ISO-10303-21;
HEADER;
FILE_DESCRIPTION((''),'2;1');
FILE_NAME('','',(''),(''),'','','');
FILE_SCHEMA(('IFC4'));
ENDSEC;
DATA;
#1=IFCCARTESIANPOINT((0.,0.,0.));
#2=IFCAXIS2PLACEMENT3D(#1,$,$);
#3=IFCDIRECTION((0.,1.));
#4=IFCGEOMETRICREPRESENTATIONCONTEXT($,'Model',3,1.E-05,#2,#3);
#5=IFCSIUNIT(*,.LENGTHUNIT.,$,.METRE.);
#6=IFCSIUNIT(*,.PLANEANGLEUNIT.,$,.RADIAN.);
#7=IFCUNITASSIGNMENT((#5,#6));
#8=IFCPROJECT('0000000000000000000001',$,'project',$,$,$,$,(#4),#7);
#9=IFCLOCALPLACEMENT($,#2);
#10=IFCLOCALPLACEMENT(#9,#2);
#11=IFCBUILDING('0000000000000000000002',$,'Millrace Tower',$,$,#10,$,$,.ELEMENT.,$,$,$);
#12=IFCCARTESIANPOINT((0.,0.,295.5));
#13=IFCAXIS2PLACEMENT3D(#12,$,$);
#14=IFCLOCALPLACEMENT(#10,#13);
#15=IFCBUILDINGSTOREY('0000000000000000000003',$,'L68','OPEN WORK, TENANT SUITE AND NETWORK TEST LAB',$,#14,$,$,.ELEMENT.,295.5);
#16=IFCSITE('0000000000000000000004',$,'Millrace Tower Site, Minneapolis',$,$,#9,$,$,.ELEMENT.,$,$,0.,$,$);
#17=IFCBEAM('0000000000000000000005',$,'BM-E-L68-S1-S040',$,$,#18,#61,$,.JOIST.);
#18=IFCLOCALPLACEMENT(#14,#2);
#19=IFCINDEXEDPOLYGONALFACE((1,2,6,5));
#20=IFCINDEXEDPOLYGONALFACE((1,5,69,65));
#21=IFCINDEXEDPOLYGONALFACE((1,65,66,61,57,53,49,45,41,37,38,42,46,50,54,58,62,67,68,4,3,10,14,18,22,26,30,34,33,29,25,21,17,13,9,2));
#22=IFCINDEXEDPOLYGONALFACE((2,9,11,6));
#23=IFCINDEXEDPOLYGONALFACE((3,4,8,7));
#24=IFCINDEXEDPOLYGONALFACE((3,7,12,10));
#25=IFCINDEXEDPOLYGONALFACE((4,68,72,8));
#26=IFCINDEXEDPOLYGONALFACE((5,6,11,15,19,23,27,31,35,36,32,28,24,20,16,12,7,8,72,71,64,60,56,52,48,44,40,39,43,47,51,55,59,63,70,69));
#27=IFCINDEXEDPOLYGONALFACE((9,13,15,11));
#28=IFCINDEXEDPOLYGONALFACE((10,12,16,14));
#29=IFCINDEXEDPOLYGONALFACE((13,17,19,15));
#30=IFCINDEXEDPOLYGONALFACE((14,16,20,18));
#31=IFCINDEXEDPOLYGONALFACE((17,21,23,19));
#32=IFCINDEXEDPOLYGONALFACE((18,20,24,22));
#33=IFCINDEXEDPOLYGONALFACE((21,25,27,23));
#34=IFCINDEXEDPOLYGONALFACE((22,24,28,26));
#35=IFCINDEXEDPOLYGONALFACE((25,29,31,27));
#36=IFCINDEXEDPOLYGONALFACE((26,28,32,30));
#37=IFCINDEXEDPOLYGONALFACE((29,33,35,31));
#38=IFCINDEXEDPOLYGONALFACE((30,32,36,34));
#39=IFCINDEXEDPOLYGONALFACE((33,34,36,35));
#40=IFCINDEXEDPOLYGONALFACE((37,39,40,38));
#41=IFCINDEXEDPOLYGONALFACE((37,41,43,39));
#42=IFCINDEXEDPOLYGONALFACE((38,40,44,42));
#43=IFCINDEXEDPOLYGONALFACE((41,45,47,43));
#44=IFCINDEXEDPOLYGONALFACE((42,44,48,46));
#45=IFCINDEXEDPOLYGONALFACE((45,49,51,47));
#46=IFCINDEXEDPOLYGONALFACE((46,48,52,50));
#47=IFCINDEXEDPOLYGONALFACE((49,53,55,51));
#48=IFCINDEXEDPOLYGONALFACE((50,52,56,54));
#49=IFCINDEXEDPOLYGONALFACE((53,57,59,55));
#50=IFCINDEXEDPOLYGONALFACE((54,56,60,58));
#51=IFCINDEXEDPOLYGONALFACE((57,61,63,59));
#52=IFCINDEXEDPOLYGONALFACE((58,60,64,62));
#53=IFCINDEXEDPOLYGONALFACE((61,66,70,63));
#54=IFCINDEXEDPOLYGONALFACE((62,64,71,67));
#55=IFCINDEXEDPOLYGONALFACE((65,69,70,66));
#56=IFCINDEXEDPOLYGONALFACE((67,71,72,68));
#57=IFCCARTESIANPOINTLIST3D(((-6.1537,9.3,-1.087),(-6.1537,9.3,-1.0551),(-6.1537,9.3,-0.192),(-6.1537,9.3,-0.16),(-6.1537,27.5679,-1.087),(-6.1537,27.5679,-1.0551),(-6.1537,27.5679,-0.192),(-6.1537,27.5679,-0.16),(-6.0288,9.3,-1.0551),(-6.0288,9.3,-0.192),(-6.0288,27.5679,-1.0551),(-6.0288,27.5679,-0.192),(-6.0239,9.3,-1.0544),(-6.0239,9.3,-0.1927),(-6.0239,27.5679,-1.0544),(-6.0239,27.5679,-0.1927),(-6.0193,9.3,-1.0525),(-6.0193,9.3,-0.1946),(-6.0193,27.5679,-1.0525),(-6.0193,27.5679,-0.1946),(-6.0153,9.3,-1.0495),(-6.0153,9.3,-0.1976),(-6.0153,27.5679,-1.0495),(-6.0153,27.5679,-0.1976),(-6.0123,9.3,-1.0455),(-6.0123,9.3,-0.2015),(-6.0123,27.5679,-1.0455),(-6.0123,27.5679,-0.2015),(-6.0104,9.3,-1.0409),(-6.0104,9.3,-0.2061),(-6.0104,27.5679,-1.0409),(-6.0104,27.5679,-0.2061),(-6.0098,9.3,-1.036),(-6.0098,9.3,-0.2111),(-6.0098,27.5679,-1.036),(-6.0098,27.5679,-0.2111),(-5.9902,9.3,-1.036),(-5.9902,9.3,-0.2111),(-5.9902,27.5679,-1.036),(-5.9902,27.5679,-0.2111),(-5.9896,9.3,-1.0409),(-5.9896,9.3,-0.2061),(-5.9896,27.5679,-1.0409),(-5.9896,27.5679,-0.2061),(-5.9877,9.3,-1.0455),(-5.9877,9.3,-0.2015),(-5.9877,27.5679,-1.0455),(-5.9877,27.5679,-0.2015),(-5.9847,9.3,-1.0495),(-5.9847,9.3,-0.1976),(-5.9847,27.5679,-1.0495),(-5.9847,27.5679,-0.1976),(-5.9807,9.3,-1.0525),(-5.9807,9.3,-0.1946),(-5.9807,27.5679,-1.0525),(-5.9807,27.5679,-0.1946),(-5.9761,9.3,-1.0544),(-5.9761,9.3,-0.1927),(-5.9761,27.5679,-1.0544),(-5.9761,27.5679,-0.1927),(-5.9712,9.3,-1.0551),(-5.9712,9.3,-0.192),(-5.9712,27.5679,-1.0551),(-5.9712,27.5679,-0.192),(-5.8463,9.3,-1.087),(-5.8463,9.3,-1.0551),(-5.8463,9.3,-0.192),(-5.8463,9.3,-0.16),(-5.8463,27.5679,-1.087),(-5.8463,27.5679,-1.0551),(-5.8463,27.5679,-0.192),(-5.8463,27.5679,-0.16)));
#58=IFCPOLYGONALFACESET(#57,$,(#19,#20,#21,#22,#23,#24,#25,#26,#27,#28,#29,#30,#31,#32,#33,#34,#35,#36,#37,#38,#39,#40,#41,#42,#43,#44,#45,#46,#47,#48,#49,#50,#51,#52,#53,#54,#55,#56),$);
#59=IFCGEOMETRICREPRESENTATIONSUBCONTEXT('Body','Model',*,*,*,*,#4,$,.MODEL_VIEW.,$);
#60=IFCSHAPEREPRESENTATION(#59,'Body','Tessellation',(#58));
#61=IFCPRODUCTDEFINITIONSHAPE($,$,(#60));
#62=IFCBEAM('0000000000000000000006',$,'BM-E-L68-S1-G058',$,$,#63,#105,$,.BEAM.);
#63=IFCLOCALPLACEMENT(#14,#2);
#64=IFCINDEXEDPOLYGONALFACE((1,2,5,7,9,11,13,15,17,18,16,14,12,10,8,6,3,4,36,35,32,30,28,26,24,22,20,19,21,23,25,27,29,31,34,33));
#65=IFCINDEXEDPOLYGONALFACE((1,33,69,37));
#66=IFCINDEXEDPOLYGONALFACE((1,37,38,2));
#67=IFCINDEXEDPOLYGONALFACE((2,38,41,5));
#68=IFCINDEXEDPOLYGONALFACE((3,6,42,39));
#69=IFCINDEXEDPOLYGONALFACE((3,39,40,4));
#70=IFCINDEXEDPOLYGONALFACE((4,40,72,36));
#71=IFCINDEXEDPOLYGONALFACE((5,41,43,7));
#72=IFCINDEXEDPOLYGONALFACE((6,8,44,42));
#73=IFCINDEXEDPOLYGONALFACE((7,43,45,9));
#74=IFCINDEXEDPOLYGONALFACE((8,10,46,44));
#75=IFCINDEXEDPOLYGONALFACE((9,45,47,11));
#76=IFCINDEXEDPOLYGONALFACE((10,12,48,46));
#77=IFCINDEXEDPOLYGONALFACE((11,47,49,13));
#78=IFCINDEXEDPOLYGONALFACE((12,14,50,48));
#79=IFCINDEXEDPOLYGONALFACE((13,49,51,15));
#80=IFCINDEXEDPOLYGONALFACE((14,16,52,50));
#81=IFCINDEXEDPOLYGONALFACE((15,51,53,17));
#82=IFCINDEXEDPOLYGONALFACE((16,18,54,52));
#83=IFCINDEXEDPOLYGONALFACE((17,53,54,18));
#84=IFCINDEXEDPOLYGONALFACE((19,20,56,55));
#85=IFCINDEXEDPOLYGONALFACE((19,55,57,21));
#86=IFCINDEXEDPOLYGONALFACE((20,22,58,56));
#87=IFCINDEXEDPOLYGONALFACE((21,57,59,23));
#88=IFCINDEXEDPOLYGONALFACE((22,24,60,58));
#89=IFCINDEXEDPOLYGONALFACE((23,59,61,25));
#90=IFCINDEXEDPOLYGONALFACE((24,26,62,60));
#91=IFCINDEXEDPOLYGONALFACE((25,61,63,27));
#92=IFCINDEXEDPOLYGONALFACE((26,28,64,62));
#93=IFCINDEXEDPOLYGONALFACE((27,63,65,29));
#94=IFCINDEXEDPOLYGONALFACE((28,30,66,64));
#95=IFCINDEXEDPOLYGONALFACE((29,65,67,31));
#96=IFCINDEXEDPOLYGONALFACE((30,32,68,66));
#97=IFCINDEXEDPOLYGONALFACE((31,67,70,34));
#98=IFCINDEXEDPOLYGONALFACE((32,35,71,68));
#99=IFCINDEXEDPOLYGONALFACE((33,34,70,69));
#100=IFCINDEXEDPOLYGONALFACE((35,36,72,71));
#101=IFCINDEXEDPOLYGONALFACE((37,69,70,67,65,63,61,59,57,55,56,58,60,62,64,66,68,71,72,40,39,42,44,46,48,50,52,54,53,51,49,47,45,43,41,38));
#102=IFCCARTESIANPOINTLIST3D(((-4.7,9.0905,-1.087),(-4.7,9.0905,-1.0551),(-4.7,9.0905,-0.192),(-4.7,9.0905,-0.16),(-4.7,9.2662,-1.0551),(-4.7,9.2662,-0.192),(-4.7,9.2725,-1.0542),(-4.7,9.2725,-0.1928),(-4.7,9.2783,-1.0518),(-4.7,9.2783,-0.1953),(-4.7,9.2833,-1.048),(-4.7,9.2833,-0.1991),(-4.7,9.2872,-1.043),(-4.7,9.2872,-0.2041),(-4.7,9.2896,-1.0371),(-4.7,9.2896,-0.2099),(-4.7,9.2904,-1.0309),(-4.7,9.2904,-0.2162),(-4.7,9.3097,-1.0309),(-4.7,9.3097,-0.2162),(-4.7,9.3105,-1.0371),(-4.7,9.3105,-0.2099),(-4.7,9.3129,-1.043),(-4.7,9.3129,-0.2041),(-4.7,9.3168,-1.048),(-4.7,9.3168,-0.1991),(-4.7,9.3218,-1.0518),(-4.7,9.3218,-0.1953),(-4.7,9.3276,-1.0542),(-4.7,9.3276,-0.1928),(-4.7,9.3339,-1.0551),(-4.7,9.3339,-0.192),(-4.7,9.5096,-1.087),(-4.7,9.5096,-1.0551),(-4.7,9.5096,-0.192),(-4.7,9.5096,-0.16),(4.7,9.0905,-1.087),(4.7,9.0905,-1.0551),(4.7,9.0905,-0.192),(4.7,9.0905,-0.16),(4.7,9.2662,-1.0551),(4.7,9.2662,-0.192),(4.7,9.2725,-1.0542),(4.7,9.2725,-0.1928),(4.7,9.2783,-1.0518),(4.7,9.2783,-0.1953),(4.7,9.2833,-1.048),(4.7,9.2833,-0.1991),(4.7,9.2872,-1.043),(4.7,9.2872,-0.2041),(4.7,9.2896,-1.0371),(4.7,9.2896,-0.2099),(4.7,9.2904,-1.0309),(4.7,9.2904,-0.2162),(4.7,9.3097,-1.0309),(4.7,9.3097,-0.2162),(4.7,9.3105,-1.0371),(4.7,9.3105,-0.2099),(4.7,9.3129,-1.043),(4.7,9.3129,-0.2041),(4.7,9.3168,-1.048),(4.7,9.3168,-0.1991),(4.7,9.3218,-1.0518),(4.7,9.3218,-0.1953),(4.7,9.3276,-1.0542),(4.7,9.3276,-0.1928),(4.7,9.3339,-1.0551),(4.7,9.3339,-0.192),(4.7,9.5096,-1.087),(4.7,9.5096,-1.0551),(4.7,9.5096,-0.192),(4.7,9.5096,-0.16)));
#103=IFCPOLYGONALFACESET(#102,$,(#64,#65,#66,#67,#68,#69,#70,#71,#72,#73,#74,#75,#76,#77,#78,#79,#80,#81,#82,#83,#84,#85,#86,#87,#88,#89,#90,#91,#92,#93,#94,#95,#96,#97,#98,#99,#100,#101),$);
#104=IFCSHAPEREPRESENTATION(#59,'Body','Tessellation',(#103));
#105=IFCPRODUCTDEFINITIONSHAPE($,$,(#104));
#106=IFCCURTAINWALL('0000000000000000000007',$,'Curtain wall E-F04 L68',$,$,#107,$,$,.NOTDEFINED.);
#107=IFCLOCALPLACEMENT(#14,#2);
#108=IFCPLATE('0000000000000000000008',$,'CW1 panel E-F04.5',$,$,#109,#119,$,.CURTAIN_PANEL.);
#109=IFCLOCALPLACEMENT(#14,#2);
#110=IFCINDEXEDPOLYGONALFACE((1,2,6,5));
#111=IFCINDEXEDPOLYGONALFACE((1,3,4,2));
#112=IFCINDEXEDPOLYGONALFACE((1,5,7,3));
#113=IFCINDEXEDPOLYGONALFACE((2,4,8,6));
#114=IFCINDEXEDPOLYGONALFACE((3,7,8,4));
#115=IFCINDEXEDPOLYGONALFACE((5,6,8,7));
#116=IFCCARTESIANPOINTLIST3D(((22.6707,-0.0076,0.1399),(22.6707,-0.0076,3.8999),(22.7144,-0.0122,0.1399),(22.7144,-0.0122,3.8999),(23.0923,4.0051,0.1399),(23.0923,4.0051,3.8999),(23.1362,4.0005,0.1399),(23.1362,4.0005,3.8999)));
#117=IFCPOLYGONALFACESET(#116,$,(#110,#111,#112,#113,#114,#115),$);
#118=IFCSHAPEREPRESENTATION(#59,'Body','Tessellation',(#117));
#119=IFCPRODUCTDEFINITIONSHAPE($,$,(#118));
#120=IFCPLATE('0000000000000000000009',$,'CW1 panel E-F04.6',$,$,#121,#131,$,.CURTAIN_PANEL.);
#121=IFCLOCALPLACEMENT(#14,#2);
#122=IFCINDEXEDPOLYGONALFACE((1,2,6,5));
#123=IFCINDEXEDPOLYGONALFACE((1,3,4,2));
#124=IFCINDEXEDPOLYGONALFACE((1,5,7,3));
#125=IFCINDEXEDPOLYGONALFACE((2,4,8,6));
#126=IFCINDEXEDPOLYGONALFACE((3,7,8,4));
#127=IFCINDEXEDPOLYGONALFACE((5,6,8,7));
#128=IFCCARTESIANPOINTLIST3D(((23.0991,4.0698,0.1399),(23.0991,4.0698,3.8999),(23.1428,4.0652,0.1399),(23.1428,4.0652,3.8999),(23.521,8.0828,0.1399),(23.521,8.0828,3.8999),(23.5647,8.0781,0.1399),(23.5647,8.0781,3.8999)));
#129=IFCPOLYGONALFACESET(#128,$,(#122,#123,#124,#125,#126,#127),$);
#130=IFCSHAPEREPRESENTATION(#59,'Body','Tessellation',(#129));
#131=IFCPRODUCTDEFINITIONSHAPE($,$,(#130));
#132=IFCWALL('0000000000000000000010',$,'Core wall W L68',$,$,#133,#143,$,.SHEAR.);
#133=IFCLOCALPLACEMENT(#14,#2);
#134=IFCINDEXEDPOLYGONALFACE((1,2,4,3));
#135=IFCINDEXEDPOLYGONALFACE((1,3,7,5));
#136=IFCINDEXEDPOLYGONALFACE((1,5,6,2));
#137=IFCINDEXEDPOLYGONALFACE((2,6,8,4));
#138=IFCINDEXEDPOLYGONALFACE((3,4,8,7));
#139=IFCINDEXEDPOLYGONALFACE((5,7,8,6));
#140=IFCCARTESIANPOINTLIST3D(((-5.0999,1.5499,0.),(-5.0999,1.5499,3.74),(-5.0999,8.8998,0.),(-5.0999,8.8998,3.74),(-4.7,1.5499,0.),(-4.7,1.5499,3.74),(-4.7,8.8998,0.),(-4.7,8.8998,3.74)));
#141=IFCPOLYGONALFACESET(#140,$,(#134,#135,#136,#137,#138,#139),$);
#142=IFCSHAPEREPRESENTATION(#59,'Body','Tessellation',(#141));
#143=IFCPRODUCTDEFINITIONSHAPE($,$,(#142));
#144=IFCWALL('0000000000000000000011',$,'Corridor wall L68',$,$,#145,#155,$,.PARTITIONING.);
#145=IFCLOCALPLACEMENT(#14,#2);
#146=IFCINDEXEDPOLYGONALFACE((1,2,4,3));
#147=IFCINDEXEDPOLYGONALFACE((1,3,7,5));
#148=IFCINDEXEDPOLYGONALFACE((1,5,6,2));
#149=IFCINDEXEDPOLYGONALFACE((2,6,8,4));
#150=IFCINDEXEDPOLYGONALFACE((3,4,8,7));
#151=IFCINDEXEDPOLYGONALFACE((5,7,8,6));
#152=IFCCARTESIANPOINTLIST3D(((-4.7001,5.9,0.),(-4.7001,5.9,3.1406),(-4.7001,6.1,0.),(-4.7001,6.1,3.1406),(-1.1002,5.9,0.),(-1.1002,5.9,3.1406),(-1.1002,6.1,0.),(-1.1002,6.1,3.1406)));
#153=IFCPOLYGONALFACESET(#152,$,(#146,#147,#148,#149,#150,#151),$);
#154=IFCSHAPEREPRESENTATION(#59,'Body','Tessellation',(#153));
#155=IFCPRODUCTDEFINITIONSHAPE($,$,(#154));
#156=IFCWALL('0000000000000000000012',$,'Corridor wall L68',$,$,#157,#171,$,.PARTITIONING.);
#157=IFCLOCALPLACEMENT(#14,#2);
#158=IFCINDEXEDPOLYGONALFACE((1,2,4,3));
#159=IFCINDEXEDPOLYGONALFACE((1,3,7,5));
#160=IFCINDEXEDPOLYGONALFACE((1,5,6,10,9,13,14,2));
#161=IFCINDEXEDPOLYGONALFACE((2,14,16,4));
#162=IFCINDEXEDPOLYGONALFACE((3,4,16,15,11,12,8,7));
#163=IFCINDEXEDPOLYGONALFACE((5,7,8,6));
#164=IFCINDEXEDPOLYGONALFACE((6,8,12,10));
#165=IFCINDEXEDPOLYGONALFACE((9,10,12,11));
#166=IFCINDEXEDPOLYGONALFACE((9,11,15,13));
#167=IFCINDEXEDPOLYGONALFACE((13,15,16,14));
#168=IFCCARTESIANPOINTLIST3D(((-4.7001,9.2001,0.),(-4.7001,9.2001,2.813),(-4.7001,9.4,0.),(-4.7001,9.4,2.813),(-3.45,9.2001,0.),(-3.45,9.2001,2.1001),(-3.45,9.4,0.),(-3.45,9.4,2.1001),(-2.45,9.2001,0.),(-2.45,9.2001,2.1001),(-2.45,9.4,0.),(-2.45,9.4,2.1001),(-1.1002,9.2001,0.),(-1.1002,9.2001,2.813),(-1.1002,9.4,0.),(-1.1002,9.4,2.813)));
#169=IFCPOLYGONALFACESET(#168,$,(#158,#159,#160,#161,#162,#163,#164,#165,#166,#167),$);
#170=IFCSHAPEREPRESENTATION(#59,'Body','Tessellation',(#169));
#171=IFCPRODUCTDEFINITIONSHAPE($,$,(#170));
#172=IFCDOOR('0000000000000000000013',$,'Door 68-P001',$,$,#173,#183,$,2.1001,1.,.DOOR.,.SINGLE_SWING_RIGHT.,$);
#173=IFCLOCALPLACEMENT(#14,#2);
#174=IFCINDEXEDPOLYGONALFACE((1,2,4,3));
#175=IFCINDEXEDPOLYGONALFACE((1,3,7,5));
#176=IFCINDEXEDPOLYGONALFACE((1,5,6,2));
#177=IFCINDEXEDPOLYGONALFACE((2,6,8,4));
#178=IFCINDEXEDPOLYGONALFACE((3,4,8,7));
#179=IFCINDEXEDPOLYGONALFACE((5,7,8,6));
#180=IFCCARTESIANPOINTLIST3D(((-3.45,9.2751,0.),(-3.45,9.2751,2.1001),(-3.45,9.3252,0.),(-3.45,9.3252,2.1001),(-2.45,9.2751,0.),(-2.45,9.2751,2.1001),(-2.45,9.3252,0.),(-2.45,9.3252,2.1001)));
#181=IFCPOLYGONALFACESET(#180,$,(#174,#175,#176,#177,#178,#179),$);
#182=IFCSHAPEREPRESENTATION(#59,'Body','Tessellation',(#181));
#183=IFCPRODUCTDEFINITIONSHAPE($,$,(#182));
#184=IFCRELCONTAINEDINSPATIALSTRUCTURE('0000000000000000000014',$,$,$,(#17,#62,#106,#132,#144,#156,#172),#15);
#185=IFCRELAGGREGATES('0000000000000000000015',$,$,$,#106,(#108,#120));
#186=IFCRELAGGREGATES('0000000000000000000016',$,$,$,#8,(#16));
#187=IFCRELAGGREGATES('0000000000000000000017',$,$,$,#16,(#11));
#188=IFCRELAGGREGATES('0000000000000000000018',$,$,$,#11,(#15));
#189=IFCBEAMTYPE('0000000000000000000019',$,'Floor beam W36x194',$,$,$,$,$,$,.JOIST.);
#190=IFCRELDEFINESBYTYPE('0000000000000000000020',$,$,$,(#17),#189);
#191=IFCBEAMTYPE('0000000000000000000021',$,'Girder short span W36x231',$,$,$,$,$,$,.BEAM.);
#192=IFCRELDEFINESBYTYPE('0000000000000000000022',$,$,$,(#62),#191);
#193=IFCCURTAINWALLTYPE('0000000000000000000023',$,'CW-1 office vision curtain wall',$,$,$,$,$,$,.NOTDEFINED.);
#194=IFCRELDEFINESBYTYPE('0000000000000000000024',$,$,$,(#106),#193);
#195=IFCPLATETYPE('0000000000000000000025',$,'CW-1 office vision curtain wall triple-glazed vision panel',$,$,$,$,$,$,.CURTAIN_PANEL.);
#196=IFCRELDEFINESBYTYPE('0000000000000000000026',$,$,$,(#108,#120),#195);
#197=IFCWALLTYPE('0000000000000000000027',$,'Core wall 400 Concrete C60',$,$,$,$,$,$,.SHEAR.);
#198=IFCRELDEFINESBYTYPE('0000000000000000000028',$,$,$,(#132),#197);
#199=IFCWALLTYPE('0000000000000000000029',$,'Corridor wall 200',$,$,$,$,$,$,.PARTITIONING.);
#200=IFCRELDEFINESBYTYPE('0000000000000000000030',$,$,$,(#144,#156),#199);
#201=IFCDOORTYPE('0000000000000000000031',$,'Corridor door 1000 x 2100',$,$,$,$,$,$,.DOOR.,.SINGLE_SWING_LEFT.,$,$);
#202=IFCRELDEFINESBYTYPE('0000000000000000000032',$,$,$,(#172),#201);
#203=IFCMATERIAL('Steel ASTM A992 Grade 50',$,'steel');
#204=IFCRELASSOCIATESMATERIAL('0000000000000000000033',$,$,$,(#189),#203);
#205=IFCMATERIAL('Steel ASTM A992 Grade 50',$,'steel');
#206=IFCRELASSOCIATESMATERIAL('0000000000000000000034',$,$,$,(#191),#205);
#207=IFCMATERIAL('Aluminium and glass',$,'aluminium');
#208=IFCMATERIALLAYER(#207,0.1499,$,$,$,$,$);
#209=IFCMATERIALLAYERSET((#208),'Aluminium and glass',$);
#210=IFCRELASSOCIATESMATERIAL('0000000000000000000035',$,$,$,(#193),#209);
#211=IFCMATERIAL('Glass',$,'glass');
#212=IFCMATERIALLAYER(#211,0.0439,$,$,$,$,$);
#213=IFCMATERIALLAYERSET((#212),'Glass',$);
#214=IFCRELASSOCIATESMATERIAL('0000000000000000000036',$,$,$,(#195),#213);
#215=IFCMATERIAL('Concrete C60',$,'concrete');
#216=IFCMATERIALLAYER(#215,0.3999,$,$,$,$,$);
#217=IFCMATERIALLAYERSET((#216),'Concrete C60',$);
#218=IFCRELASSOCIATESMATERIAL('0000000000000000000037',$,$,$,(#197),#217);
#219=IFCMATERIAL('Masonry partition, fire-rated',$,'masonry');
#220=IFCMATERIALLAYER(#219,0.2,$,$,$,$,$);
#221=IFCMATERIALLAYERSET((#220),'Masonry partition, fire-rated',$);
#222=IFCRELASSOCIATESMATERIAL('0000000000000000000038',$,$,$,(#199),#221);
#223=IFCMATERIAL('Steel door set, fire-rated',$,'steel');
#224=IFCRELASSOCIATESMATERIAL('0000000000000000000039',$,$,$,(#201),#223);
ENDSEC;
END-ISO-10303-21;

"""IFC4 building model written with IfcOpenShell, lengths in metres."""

from ifc_helpers import new_model, si_unit, direction, frame, frame_2d, origin, origin_2d, place, context, subcontext, project, spatial, polyline, rectangle, i_section, outline, extrude, material, layer, layer_set, material_profile, profile_set, type_object, element, fill, aggregate, save


model = new_model("IFC4")

# Units and contexts
model_context = context("Model", 3, precision=1e-05, world=origin(), true_north=direction((0.0, 1.0)))
body_context = subcontext(model_context, "Body", "Model", "MODEL_VIEW")
ifc_project = project(units=[si_unit("LENGTHUNIT", "METRE"), si_unit("PLANEANGLEUNIT", "RADIAN")], contexts=[model_context])

# Site, building, storey
site_placement = place(None, origin())
site = spatial("IfcSite", under=ifc_project, at=site_placement, Name="Millrace Tower Site, Minneapolis", CompositionType="ELEMENT", RefElevation=0.0)
building_placement = place(site_placement, origin())
building = spatial("IfcBuilding", under=site, at=building_placement, Name="Millrace Tower", CompositionType="ELEMENT")
storey_placement = place(building_placement, frame((0.0, 0.0, 295.5)))
storey = spatial("IfcBuildingStorey", under=building, at=storey_placement, Name="L68", Description="OPEN WORK, TENANT SUITE AND NETWORK TEST LAB", CompositionType="ELEMENT", Elevation=295.5)

# Beams
ifc_material_1 = material(Name="Steel ASTM A992 Grade 50", Category="steel")
ifc_material_profile_1 = material_profile(ifc_material_1, i_section(OverallWidth=0.3074, OverallDepth=0.927, WebThickness=0.0195, FlangeThickness=0.032, FilletRadius=0.019, at=origin_2d()))
ifc_profile_set_1 = profile_set([ifc_material_profile_1], Name="Steel ASTM A992 Grade 50")
beam_type_1 = type_object("IfcBeamType", Name="Floor beam W36x194", PredefinedType="JOIST", material=ifc_profile_set_1)
beam_1_placement = place(storey_placement, frame((-6.0, 9.3, -0.6235), z_axis=(0.0, 1.0, 0.0), x_axis=(-1.0, 0.0, 0.0)))
element("IfcBeam", 1, at=beam_1_placement, inside=storey, type_object=beam_type_1, Name="BM-E-L68-S1-S040", PredefinedType="JOIST", context=body_context, shape_type="SweptSolid", body=[
    extrude(i_section(OverallWidth=0.3074, OverallDepth=0.927, WebThickness=0.0195, FlangeThickness=0.032, FilletRadius=0.019, at=origin_2d()), origin(), (0.0, 0.0, 1.0), 18.2678),
])
ifc_material_2 = material(Name="Steel ASTM A992 Grade 50", Category="steel")
ifc_material_profile_2 = material_profile(ifc_material_2, i_section(OverallWidth=0.4192, OverallDepth=0.927, WebThickness=0.0193, FlangeThickness=0.032, FilletRadius=0.0242, at=origin_2d()))
ifc_profile_set_2 = profile_set([ifc_material_profile_2], Name="Steel ASTM A992 Grade 50")
beam_type_2 = type_object("IfcBeamType", Name="Girder short span W36x231", PredefinedType="BEAM", material=ifc_profile_set_2)
beam_2_placement = place(storey_placement, frame((-4.7, 9.3, -0.6235), z_axis=(1.0, 0.0, 0.0), x_axis=(0.0, 1.0, 0.0)))
element("IfcBeam", 2, at=beam_2_placement, inside=storey, type_object=beam_type_2, Name="BM-E-L68-S1-G058", PredefinedType="BEAM", context=body_context, shape_type="SweptSolid", body=[
    extrude(i_section(OverallWidth=0.4192, OverallDepth=0.927, WebThickness=0.0193, FlangeThickness=0.032, FilletRadius=0.0242, at=origin_2d()), origin(), (0.0, 0.0, 1.0), 9.3999),
])

# Curtain wall, plates
ifc_material_3 = material(Name="Aluminium and glass", Category="aluminium")
ifc_layer_1 = layer(ifc_material_3, 0.1499)
ifc_layer_set_1 = layer_set([ifc_layer_1], Name="Aluminium and glass")
curtain_wall_type = type_object("IfcCurtainWallType", Name="CW-1 office vision curtain wall", PredefinedType="NOTDEFINED", material=ifc_layer_set_1)
placement_1 = place(storey_placement, origin())
curtain_wall = element("IfcCurtainWall", 3, at=placement_1, inside=storey, type_object=curtain_wall_type, Name="Curtain wall E-F04 L68", PredefinedType="NOTDEFINED")
ifc_material_4 = material(Name="Glass", Category="glass")
ifc_layer_2 = layer(ifc_material_4, 0.0439)
ifc_layer_set_2 = layer_set([ifc_layer_2], Name="Glass")
plate_type = type_object("IfcPlateType", Name="CW-1 office vision curtain wall triple-glazed vision panel", PredefinedType="CURTAIN_PANEL", material=ifc_layer_set_2)
placement_2 = place(storey_placement, frame((0.0, 0.0, 0.1399)))
plate_1 = element("IfcPlate", 4, at=placement_2, type_object=plate_type, Name="CW1 panel E-F04.5", PredefinedType="CURTAIN_PANEL", context=body_context, shape_type="SweptSolid", body=[
    extrude(outline(polyline([(22.7144, -0.0122), (23.1362, 4.0005), (23.0923, 4.0051), (22.6707, -0.0076), (22.7144, -0.0122)])), origin(), (0.0, 0.0, 1.0), 3.76),
])
plate_2 = element("IfcPlate", 5, at=placement_2, type_object=plate_type, Name="CW1 panel E-F04.6", PredefinedType="CURTAIN_PANEL", context=body_context, shape_type="SweptSolid", body=[
    extrude(outline(polyline([(23.1428, 4.0652), (23.5647, 8.0781), (23.521, 8.0828), (23.0991, 4.0698), (23.1428, 4.0652)])), origin(), (0.0, 0.0, 1.0), 3.76),
])
aggregate(curtain_wall, [plate_1, plate_2])

# Walls
ifc_material_5 = material(Name="Concrete C60", Category="concrete")
ifc_layer_3 = layer(ifc_material_5, 0.3999)
ifc_layer_set_3 = layer_set([ifc_layer_3], Name="Concrete C60")
wall_type_1 = type_object("IfcWallType", Name="Core wall 400 Concrete C60", PredefinedType="SHEAR", material=ifc_layer_set_3)
wall_1_placement = place(storey_placement, frame((-4.8999, 1.55, 0.0), z_axis=(0.0, 0.0, 1.0), x_axis=(0.0, 1.0, 0.0)))
element("IfcWall", 6, at=wall_1_placement, inside=storey, type_object=wall_type_1, Name="Core wall W L68", PredefinedType="SHEAR", context=body_context, shape_type="SweptSolid", body=[
    extrude(rectangle(XDim=7.3499, YDim=0.3999, at=frame_2d((3.6748, 0.0))), origin(), (0.0, 0.0, 1.0), 3.74),
])
ifc_material_6 = material(Name="Masonry partition, fire-rated", Category="masonry")
ifc_layer_4 = layer(ifc_material_6, 0.2)
ifc_layer_set_4 = layer_set([ifc_layer_4], Name="Masonry partition, fire-rated")
wall_type_2 = type_object("IfcWallType", Name="Corridor wall 200", PredefinedType="PARTITIONING", material=ifc_layer_set_4)
wall_2_placement = place(storey_placement, frame((-4.7, 6.0, 0.0), z_axis=(0.0, 0.0, 1.0), x_axis=(1.0, 0.0, 0.0)))
element("IfcWall", 7, at=wall_2_placement, inside=storey, type_object=wall_type_2, Name="Corridor wall L68", PredefinedType="PARTITIONING", context=body_context, shape_type="SweptSolid", body=[
    extrude(rectangle(XDim=3.5999, YDim=0.2, at=frame_2d((1.7998, 0.0))), origin(), (0.0, 0.0, 1.0), 3.1406),
])

# Wall, opening, door
wall_3_placement = place(storey_placement, frame((-4.7, 9.3, 0.0), z_axis=(0.0, 0.0, 1.0), x_axis=(1.0, 0.0, 0.0)))
wall_3 = element("IfcWall", 8, at=wall_3_placement, inside=storey, type_object=wall_type_2, Name="Corridor wall L68", PredefinedType="PARTITIONING", context=body_context, shape_type="SweptSolid", body=[
    extrude(rectangle(XDim=3.5999, YDim=0.2, at=frame_2d((1.7998, 0.0))), origin(), (0.0, 0.0, 1.0), 2.813),
])
opening_1_placement = place(wall_3_placement, frame((1.25, 0.0, 0.0)))
opening_1 = element("IfcOpeningElement", 9, at=opening_1_placement, cuts=wall_3, PredefinedType="OPENING", context=body_context, shape_type="SweptSolid", body=[
    extrude(rectangle(XDim=1.0, YDim=2.1001, at=frame_2d((0.5, 1.05))), frame((0.0, 0.1099, 0.0), z_axis=(0.0, -1.0, 0.0), x_axis=(1.0, 0.0, 0.0)), (0.0, 0.0, 1.0), 0.22),
])
ifc_material_7 = material(Name="Steel door set, fire-rated", Category="steel")
door_type_1 = type_object("IfcDoorType", Name="Corridor door 1000 x 2100", OperationType="SINGLE_SWING_LEFT", PredefinedType="DOOR", material=ifc_material_7)
door_1_placement = place(opening_1_placement, frame((1.0, 0.0, 0.0), z_axis=(0.0, 0.0, 1.0), x_axis=(-1.0, 0.0, 0.0)))
door_1 = element("IfcDoor", 10, at=door_1_placement, inside=storey, type_object=door_type_1, Name="Door 68-P001", OperationType="SINGLE_SWING_RIGHT", OverallHeight=2.1001, OverallWidth=1.0, PredefinedType="DOOR", context=body_context, shape_type="SweptSolid", body=[
    extrude(rectangle(XDim=1.0, YDim=2.1001, at=frame_2d((0.5, 1.05))), frame((0.0, 0.0249, 0.0), z_axis=(0.0, -1.0, 0.0), x_axis=(1.0, 0.0, 0.0)), (0.0, 0.0, 1.0), 0.05),
])
fill(opening_1, door_1)

save(model, "model.ifc")
